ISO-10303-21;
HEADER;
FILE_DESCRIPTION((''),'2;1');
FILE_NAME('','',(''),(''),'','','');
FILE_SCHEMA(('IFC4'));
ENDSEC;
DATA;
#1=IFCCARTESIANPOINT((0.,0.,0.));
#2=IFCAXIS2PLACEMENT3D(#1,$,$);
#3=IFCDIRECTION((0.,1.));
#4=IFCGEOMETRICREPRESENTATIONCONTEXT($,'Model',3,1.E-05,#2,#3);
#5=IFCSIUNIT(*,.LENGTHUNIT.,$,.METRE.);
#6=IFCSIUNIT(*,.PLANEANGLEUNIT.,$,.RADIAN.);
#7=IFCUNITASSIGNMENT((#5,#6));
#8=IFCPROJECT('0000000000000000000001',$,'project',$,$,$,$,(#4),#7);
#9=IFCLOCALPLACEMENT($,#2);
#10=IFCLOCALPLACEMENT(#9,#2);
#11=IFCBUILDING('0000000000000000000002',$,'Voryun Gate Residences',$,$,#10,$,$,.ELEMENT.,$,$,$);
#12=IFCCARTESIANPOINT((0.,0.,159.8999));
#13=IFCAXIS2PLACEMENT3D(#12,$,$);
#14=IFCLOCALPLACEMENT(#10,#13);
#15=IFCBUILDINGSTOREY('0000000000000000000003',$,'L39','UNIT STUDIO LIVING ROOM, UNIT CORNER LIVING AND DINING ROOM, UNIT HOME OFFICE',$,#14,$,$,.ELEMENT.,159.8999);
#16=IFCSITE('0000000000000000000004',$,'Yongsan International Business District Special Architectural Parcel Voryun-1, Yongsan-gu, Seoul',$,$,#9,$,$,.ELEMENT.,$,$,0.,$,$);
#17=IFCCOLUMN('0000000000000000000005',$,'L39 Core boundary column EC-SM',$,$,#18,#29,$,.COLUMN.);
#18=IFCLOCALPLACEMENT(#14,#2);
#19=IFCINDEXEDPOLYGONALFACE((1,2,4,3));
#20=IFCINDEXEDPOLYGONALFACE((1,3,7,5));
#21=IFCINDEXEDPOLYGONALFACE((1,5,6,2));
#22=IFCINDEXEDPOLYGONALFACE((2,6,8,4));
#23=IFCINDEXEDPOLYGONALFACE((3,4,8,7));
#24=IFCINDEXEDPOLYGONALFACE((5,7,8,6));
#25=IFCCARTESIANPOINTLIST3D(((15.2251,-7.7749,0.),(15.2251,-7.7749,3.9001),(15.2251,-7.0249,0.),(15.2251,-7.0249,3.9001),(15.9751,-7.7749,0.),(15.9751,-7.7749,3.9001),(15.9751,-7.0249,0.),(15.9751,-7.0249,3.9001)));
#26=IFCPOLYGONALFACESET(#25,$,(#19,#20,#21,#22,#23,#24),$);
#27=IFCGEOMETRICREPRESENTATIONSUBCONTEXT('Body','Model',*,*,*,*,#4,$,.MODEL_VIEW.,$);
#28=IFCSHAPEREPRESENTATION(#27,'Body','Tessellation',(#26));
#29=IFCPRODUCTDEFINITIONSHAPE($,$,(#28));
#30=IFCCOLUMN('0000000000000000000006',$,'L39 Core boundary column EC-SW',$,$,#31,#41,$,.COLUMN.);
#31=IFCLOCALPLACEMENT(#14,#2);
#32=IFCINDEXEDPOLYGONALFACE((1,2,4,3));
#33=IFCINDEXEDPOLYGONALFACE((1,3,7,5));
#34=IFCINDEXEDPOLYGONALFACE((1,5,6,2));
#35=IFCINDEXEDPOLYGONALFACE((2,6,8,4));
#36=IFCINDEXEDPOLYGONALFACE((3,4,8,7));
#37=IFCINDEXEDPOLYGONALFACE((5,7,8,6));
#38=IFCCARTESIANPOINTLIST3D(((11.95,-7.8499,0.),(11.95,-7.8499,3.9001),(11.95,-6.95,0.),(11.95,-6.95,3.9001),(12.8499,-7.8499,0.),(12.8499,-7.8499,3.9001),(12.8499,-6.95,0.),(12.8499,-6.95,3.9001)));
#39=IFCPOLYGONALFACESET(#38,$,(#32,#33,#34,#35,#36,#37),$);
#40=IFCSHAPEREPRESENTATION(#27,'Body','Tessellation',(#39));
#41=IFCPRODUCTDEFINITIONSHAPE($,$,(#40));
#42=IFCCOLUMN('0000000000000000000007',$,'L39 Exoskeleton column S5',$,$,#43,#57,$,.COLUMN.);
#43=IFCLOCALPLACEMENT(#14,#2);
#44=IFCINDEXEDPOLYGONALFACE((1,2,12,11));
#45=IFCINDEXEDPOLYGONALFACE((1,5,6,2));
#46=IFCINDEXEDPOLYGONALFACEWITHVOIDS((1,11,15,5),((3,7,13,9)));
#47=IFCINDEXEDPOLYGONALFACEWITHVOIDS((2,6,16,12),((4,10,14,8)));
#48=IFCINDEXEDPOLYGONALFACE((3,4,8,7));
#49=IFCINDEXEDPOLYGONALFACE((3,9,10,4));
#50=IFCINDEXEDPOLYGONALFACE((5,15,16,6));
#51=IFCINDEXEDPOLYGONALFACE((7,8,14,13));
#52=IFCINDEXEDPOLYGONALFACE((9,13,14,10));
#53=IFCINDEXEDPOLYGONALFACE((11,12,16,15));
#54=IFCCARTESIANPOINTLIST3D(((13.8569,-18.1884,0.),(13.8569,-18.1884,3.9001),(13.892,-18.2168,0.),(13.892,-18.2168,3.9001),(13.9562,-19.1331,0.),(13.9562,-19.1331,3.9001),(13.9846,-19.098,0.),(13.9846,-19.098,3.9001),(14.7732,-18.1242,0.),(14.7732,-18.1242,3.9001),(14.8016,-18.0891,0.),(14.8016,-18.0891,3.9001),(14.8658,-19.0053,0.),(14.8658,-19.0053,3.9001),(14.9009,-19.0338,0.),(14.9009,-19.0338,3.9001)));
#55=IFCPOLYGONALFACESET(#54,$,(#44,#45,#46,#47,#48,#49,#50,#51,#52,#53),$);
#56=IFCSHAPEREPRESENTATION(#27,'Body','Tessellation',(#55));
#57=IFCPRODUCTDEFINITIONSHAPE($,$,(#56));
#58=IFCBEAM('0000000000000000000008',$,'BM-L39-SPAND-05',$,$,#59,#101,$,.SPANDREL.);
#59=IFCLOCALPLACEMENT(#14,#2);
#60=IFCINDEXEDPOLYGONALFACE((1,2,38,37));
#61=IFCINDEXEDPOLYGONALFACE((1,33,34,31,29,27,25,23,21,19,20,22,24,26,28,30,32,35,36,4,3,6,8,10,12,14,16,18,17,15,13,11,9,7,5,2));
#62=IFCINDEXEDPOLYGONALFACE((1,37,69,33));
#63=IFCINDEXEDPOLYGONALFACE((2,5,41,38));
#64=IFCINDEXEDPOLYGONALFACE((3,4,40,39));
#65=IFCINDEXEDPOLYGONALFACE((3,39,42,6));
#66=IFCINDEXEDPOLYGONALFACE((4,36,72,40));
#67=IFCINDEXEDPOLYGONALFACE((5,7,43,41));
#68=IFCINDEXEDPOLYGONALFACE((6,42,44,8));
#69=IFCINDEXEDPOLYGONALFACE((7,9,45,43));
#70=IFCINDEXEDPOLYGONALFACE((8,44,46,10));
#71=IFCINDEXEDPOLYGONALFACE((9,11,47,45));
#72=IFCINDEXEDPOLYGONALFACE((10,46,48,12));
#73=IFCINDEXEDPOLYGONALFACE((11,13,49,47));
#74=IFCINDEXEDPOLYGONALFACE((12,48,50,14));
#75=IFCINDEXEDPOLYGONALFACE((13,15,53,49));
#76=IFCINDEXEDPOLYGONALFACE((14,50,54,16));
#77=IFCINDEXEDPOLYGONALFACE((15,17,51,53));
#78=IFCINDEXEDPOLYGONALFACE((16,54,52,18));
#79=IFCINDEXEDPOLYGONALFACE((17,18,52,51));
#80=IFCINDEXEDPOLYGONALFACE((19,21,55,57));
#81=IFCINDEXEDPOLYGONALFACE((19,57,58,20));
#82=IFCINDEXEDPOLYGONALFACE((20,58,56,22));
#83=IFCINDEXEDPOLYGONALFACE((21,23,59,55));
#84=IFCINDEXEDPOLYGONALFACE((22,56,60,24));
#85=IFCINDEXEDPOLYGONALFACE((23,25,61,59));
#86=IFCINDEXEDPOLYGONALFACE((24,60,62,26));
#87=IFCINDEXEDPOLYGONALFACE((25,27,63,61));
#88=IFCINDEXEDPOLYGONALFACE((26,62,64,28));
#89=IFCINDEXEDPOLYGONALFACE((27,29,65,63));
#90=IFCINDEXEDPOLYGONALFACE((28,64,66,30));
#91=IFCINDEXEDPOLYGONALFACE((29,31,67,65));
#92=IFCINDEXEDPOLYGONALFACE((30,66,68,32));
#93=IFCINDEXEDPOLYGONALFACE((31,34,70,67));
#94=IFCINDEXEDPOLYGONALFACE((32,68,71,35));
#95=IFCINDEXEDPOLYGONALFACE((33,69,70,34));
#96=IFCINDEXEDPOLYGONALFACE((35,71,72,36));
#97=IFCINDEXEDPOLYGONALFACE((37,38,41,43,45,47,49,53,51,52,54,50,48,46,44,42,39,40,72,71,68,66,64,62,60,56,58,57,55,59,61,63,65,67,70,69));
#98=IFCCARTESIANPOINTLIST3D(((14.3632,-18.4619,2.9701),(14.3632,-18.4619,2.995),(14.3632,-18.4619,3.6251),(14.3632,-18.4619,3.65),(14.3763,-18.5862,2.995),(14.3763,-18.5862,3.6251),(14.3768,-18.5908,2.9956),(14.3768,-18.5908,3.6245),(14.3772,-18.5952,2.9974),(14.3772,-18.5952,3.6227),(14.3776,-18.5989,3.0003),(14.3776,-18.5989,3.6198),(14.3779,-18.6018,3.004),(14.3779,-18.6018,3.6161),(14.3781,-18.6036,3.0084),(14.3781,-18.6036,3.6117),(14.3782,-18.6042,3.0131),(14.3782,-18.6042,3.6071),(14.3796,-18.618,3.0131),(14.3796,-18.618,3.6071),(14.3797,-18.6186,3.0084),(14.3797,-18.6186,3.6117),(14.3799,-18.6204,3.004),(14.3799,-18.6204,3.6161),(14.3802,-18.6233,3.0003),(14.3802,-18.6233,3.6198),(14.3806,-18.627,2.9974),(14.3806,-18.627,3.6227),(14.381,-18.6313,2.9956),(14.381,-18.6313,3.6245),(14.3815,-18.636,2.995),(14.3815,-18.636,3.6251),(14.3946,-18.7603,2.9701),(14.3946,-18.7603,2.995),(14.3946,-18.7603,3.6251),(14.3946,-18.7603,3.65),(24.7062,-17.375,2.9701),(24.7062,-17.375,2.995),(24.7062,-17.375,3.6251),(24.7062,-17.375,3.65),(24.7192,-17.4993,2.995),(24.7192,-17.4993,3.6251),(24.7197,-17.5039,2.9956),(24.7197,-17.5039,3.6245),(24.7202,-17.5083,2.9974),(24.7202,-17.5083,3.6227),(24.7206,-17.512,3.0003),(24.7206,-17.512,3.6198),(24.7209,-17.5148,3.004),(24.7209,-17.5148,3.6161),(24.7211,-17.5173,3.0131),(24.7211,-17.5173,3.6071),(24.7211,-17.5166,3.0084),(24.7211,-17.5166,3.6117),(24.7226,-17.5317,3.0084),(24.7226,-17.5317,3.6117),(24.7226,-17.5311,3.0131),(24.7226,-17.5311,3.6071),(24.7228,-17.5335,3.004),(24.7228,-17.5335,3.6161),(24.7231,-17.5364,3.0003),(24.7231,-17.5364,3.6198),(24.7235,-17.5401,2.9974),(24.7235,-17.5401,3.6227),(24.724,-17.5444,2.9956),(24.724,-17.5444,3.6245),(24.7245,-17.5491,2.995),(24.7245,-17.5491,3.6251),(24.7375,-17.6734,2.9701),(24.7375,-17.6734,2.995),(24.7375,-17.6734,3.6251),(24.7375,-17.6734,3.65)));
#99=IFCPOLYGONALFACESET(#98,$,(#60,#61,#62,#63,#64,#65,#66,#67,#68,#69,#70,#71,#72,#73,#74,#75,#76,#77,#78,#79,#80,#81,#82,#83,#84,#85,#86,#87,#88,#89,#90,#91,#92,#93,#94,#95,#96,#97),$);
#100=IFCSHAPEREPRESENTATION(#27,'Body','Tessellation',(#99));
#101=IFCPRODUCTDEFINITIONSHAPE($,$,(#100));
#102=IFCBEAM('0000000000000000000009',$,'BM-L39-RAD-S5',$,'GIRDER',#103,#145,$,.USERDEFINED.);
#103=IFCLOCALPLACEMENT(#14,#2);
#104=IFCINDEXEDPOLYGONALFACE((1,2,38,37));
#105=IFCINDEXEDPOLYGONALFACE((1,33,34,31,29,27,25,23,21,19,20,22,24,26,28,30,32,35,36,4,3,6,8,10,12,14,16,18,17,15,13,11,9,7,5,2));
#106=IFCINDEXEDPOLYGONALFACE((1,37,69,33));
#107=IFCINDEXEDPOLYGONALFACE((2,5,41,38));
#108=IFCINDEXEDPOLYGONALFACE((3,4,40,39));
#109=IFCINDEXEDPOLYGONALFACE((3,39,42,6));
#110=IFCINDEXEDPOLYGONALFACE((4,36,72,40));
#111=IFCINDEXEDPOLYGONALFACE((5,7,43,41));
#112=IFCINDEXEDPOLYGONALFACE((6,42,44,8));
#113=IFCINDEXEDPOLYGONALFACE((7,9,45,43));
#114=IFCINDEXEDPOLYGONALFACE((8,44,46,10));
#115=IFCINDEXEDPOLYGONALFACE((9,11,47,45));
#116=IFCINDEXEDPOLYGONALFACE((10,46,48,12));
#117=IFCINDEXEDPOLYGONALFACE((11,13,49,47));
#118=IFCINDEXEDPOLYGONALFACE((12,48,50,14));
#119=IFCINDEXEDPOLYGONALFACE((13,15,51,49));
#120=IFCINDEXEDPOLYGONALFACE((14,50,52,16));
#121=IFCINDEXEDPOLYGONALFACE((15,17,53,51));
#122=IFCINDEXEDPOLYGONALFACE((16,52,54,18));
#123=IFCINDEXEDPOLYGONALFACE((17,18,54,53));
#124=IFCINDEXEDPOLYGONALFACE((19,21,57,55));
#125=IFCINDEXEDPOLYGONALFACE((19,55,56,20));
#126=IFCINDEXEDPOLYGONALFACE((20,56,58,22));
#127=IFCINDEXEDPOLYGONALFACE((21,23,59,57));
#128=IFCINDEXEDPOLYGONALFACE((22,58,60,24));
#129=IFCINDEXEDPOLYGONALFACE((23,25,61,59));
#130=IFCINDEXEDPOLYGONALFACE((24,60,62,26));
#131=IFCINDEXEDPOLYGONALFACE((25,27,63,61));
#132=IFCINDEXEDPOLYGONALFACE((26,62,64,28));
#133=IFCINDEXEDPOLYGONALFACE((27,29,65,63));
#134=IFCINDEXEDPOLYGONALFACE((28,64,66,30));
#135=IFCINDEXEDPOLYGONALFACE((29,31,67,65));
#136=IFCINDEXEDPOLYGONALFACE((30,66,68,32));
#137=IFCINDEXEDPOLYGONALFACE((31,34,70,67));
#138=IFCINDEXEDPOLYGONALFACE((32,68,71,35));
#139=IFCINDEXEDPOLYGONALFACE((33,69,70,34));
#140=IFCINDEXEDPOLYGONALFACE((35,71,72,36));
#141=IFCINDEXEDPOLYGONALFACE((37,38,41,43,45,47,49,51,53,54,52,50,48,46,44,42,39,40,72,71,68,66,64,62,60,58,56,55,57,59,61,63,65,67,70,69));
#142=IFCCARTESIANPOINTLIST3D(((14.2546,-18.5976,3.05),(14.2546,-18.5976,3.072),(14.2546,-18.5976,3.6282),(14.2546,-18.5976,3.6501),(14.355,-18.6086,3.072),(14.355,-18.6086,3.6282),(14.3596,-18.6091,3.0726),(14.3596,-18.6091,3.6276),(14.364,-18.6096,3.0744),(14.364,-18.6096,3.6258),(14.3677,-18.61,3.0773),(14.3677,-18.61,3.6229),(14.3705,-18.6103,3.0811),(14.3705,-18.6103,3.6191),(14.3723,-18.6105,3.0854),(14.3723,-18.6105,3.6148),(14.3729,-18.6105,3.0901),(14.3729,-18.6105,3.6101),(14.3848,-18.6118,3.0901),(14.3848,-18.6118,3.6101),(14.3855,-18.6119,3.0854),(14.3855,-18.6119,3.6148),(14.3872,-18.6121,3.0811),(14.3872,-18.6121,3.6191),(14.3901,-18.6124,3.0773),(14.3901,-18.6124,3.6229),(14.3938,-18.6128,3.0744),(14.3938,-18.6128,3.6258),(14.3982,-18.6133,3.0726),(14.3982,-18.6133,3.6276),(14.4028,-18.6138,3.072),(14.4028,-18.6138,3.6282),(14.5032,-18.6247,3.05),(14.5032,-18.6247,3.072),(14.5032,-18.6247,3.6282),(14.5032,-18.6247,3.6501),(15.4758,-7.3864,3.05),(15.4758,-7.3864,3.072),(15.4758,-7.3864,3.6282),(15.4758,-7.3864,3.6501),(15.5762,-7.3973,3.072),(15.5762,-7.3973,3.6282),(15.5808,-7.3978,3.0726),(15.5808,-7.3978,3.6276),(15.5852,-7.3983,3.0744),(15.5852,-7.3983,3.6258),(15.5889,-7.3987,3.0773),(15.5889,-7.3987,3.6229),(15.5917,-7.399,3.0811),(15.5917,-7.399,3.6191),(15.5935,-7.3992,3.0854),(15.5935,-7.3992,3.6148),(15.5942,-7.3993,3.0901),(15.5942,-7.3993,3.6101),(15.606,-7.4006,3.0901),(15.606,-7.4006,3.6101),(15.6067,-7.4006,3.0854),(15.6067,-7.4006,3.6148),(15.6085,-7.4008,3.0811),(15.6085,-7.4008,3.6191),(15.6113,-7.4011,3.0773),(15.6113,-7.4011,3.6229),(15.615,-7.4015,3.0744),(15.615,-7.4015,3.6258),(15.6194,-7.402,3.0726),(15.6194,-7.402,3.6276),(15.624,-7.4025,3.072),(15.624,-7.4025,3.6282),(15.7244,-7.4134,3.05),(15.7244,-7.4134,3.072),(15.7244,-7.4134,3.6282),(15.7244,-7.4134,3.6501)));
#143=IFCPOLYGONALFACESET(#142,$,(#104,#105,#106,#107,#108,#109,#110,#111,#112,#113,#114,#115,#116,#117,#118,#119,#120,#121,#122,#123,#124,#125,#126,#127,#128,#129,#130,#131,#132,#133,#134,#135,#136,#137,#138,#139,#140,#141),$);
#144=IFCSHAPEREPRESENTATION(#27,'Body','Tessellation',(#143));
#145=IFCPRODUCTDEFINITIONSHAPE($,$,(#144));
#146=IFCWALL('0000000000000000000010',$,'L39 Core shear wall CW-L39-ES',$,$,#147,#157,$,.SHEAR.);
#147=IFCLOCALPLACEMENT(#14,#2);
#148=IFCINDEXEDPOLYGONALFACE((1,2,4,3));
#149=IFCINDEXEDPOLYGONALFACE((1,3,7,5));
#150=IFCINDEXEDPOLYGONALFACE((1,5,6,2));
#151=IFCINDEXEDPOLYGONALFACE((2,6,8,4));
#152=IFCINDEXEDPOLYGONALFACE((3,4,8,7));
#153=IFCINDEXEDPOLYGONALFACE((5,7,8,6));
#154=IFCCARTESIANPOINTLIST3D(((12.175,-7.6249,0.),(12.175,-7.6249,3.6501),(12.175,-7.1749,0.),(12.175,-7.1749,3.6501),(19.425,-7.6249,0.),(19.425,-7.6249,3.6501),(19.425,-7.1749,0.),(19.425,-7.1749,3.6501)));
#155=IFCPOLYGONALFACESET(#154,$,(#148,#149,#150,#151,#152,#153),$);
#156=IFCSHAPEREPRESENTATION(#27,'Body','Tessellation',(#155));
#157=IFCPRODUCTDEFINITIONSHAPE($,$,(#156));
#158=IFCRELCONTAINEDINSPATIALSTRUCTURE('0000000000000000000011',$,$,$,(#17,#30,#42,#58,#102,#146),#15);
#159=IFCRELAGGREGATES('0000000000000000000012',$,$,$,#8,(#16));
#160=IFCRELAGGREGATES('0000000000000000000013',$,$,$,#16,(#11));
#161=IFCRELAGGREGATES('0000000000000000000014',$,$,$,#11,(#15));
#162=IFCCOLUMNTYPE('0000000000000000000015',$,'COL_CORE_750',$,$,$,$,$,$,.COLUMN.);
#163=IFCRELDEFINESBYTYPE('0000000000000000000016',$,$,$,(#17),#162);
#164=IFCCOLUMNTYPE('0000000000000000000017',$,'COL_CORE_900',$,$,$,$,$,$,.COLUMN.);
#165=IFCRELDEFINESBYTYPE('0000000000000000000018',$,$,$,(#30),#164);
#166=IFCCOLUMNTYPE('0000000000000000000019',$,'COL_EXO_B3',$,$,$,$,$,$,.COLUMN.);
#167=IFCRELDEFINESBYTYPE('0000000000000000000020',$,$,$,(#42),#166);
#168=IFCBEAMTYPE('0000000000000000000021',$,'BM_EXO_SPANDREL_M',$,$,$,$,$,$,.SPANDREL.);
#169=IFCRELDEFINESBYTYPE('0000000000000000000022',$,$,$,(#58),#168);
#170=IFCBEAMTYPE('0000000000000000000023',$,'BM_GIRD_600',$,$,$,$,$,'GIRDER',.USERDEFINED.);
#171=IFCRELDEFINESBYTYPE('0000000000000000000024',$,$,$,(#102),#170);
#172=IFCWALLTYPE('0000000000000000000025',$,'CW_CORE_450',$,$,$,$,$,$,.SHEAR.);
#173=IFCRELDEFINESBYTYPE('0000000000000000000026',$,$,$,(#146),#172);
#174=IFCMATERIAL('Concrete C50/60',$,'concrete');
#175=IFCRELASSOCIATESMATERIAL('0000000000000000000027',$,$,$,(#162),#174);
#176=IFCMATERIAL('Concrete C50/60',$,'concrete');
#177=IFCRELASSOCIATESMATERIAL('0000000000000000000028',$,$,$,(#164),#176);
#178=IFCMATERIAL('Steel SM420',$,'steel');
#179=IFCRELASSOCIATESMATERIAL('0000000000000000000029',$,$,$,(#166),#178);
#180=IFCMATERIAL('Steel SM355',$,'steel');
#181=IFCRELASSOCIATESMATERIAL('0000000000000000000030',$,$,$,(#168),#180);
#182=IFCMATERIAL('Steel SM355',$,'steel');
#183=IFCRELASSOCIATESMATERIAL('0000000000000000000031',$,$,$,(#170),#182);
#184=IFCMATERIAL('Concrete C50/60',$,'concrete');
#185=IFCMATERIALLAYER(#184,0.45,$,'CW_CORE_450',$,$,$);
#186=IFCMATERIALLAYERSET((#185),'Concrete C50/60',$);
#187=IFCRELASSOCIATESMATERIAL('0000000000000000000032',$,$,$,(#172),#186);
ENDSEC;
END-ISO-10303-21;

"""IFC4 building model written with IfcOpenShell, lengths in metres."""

from ifc_helpers import new_model, si_unit, direction, frame, frame_2d, origin, origin_2d, place, context, subcontext, project, spatial, rectangle, hollow_rectangle, i_section, extrude, material, layer, layer_set, material_profile, profile_set, type_object, element, save


model = new_model("IFC4")

# Units and contexts
model_context = context("Model", 3, precision=1e-05, world=origin(), true_north=direction((0.0, 1.0)))
body_context = subcontext(model_context, "Body", "Model", "MODEL_VIEW")
ifc_project = project(units=[si_unit("LENGTHUNIT", "METRE"), si_unit("PLANEANGLEUNIT", "RADIAN")], contexts=[model_context])

# Site, building, storey
site_placement = place(None, origin())
site = spatial("IfcSite", under=ifc_project, at=site_placement, Name="Yongsan International Business District Special Architectural Parcel Voryun-1, Yongsan-gu, Seoul", CompositionType="ELEMENT", RefElevation=0.0)
building_placement = place(site_placement, origin())
building = spatial("IfcBuilding", under=site, at=building_placement, Name="Voryun Gate Residences", CompositionType="ELEMENT")
storey_placement = place(building_placement, frame((0.0, 0.0, 159.8999)))
storey = spatial("IfcBuildingStorey", under=building, at=storey_placement, Name="L39", Description="UNIT STUDIO LIVING ROOM, UNIT CORNER LIVING AND DINING ROOM, UNIT HOME OFFICE", CompositionType="ELEMENT", Elevation=159.8999)

# Columns
ifc_material_1 = material(Name="Concrete C50/60", Category="concrete")
ifc_material_profile_1 = material_profile(ifc_material_1, rectangle(XDim=0.75, YDim=0.75, at=origin_2d()), Name="RC-750x750")
ifc_profile_set_1 = profile_set([ifc_material_profile_1], Name="Concrete C50/60")
column_type_1 = type_object("IfcColumnType", Name="COL_CORE_750", PredefinedType="COLUMN", material=ifc_profile_set_1)
column_1_placement = place(storey_placement, frame((15.6001, -7.3999, 0.0), z_axis=(0.0, 0.0, 1.0), x_axis=(1.0, 0.0, 0.0)))
element("IfcColumn", 1, at=column_1_placement, inside=storey, type_object=column_type_1, Name="L39 Core boundary column EC-SM", PredefinedType="COLUMN", context=body_context, shape_type="SweptSolid", body=[
    extrude(rectangle(XDim=0.75, YDim=0.75, at=origin_2d()), origin(), (0.0, 0.0, 1.0), 3.9001),
])
ifc_material_2 = material(Name="Concrete C50/60", Category="concrete")
ifc_material_profile_2 = material_profile(ifc_material_2, rectangle(XDim=0.8999, YDim=0.8999, at=origin_2d()), Name="RC-900x900")
ifc_profile_set_2 = profile_set([ifc_material_profile_2], Name="Concrete C50/60")
column_type_2 = type_object("IfcColumnType", Name="COL_CORE_900", PredefinedType="COLUMN", material=ifc_profile_set_2)
column_2_placement = place(storey_placement, frame((12.3999, -7.3999, 0.0), z_axis=(0.0, 0.0, 1.0), x_axis=(1.0, 0.0, 0.0)))
element("IfcColumn", 2, at=column_2_placement, inside=storey, type_object=column_type_2, Name="L39 Core boundary column EC-SW", PredefinedType="COLUMN", context=body_context, shape_type="SweptSolid", body=[
    extrude(rectangle(XDim=0.8999, YDim=0.8999, at=origin_2d()), origin(), (0.0, 0.0, 1.0), 3.9001),
])
ifc_material_3 = material(Name="Steel SM420", Category="steel")
ifc_material_profile_3 = material_profile(ifc_material_3, hollow_rectangle(XDim=0.95, YDim=0.95, WallThickness=0.032, at=origin_2d()), Name="BOX-950x950x32")
ifc_profile_set_3 = profile_set([ifc_material_profile_3], Name="Steel SM420")
column_type_3 = type_object("IfcColumnType", Name="COL_EXO_B3", PredefinedType="COLUMN", material=ifc_profile_set_3)
column_3_placement = place(storey_placement, frame((14.3789, -18.6111, 0.0), z_axis=(0.0, 0.0, 1.0), x_axis=(0.994522, 0.104528, 0.0)))
element("IfcColumn", 3, at=column_3_placement, inside=storey, type_object=column_type_3, Name="L39 Exoskeleton column S5", PredefinedType="COLUMN", context=body_context, shape_type="SweptSolid", body=[
    extrude(hollow_rectangle(XDim=0.95, YDim=0.95, WallThickness=0.032, at=origin_2d()), origin(), (0.0, 0.0, 1.0), 3.9001),
])

# Beams
ifc_material_4 = material(Name="Steel SM355", Category="steel")
ifc_material_profile_4 = material_profile(ifc_material_4, i_section(OverallWidth=0.3, OverallDepth=0.6799, WebThickness=0.0139, FlangeThickness=0.0249, FilletRadius=0.0181, at=origin_2d()), Name="H-680x300x14x25")
ifc_profile_set_4 = profile_set([ifc_material_profile_4], Name="Steel SM355")
beam_type_1 = type_object("IfcBeamType", Name="BM_EXO_SPANDREL_M", PredefinedType="SPANDREL", material=ifc_profile_set_4)
beam_1_placement = place(storey_placement, frame((14.3789, -18.6111, 3.3101), z_axis=(0.994524, 0.104511, 0.0), x_axis=(-0.104511, 0.994524, 0.0)))
element("IfcBeam", 4, at=beam_1_placement, inside=storey, type_object=beam_type_1, Name="BM-L39-SPAND-05", PredefinedType="SPANDREL", context=body_context, shape_type="SweptSolid", body=[
    extrude(i_section(OverallWidth=0.3, OverallDepth=0.6799, WebThickness=0.0139, FlangeThickness=0.0249, FilletRadius=0.0181, at=origin_2d()), origin(), (0.0, 0.0, 1.0), 10.3999),
])
ifc_material_5 = material(Name="Steel SM355", Category="steel")
ifc_material_profile_5 = material_profile(ifc_material_5, i_section(OverallWidth=0.25, OverallDepth=0.6001, WebThickness=0.012, FlangeThickness=0.022, FilletRadius=0.0181, at=origin_2d()), Name="H-600x250x12x22")
ifc_profile_set_5 = profile_set([ifc_material_profile_5], Name="Steel SM355")
beam_type_2 = type_object("IfcBeamType", Name="BM_GIRD_600", ElementType="GIRDER", PredefinedType="USERDEFINED", material=ifc_profile_set_5)
beam_2_placement = place(storey_placement, frame((15.6001, -7.3999, 3.3501), z_axis=(-0.108286, -0.99412, 0.0), x_axis=(0.99412, -0.108286, 0.0)))
element("IfcBeam", 5, at=beam_2_placement, inside=storey, type_object=beam_type_2, Name="BM-L39-RAD-S5", ObjectType="GIRDER", PredefinedType="USERDEFINED", context=body_context, shape_type="SweptSolid", body=[
    extrude(i_section(OverallWidth=0.25, OverallDepth=0.6001, WebThickness=0.012, FlangeThickness=0.022, FilletRadius=0.0181, at=origin_2d()), origin(), (0.0, 0.0, 1.0), 11.2776),
])

# Wall
ifc_material_6 = material(Name="Concrete C50/60", Category="concrete")
ifc_layer_1 = layer(ifc_material_6, 0.45, Name="CW_CORE_450")
ifc_layer_set_1 = layer_set([ifc_layer_1], Name="Concrete C50/60")
wall_type_1 = type_object("IfcWallType", Name="CW_CORE_450", PredefinedType="SHEAR", material=ifc_layer_set_1)
wall_1_placement = place(storey_placement, frame((12.175, -7.3999, 0.0), z_axis=(0.0, 0.0, 1.0), x_axis=(1.0, 0.0, 0.0)))
element("IfcWall", 6, at=wall_1_placement, inside=storey, type_object=wall_type_1, Name="L39 Core shear wall CW-L39-ES", PredefinedType="SHEAR", context=body_context, shape_type="SweptSolid", body=[
    extrude(rectangle(XDim=7.25, YDim=0.45, at=frame_2d((3.625, 0.0))), origin(), (0.0, 0.0, 1.0), 3.6501),
])

save(model, "model.ifc")
